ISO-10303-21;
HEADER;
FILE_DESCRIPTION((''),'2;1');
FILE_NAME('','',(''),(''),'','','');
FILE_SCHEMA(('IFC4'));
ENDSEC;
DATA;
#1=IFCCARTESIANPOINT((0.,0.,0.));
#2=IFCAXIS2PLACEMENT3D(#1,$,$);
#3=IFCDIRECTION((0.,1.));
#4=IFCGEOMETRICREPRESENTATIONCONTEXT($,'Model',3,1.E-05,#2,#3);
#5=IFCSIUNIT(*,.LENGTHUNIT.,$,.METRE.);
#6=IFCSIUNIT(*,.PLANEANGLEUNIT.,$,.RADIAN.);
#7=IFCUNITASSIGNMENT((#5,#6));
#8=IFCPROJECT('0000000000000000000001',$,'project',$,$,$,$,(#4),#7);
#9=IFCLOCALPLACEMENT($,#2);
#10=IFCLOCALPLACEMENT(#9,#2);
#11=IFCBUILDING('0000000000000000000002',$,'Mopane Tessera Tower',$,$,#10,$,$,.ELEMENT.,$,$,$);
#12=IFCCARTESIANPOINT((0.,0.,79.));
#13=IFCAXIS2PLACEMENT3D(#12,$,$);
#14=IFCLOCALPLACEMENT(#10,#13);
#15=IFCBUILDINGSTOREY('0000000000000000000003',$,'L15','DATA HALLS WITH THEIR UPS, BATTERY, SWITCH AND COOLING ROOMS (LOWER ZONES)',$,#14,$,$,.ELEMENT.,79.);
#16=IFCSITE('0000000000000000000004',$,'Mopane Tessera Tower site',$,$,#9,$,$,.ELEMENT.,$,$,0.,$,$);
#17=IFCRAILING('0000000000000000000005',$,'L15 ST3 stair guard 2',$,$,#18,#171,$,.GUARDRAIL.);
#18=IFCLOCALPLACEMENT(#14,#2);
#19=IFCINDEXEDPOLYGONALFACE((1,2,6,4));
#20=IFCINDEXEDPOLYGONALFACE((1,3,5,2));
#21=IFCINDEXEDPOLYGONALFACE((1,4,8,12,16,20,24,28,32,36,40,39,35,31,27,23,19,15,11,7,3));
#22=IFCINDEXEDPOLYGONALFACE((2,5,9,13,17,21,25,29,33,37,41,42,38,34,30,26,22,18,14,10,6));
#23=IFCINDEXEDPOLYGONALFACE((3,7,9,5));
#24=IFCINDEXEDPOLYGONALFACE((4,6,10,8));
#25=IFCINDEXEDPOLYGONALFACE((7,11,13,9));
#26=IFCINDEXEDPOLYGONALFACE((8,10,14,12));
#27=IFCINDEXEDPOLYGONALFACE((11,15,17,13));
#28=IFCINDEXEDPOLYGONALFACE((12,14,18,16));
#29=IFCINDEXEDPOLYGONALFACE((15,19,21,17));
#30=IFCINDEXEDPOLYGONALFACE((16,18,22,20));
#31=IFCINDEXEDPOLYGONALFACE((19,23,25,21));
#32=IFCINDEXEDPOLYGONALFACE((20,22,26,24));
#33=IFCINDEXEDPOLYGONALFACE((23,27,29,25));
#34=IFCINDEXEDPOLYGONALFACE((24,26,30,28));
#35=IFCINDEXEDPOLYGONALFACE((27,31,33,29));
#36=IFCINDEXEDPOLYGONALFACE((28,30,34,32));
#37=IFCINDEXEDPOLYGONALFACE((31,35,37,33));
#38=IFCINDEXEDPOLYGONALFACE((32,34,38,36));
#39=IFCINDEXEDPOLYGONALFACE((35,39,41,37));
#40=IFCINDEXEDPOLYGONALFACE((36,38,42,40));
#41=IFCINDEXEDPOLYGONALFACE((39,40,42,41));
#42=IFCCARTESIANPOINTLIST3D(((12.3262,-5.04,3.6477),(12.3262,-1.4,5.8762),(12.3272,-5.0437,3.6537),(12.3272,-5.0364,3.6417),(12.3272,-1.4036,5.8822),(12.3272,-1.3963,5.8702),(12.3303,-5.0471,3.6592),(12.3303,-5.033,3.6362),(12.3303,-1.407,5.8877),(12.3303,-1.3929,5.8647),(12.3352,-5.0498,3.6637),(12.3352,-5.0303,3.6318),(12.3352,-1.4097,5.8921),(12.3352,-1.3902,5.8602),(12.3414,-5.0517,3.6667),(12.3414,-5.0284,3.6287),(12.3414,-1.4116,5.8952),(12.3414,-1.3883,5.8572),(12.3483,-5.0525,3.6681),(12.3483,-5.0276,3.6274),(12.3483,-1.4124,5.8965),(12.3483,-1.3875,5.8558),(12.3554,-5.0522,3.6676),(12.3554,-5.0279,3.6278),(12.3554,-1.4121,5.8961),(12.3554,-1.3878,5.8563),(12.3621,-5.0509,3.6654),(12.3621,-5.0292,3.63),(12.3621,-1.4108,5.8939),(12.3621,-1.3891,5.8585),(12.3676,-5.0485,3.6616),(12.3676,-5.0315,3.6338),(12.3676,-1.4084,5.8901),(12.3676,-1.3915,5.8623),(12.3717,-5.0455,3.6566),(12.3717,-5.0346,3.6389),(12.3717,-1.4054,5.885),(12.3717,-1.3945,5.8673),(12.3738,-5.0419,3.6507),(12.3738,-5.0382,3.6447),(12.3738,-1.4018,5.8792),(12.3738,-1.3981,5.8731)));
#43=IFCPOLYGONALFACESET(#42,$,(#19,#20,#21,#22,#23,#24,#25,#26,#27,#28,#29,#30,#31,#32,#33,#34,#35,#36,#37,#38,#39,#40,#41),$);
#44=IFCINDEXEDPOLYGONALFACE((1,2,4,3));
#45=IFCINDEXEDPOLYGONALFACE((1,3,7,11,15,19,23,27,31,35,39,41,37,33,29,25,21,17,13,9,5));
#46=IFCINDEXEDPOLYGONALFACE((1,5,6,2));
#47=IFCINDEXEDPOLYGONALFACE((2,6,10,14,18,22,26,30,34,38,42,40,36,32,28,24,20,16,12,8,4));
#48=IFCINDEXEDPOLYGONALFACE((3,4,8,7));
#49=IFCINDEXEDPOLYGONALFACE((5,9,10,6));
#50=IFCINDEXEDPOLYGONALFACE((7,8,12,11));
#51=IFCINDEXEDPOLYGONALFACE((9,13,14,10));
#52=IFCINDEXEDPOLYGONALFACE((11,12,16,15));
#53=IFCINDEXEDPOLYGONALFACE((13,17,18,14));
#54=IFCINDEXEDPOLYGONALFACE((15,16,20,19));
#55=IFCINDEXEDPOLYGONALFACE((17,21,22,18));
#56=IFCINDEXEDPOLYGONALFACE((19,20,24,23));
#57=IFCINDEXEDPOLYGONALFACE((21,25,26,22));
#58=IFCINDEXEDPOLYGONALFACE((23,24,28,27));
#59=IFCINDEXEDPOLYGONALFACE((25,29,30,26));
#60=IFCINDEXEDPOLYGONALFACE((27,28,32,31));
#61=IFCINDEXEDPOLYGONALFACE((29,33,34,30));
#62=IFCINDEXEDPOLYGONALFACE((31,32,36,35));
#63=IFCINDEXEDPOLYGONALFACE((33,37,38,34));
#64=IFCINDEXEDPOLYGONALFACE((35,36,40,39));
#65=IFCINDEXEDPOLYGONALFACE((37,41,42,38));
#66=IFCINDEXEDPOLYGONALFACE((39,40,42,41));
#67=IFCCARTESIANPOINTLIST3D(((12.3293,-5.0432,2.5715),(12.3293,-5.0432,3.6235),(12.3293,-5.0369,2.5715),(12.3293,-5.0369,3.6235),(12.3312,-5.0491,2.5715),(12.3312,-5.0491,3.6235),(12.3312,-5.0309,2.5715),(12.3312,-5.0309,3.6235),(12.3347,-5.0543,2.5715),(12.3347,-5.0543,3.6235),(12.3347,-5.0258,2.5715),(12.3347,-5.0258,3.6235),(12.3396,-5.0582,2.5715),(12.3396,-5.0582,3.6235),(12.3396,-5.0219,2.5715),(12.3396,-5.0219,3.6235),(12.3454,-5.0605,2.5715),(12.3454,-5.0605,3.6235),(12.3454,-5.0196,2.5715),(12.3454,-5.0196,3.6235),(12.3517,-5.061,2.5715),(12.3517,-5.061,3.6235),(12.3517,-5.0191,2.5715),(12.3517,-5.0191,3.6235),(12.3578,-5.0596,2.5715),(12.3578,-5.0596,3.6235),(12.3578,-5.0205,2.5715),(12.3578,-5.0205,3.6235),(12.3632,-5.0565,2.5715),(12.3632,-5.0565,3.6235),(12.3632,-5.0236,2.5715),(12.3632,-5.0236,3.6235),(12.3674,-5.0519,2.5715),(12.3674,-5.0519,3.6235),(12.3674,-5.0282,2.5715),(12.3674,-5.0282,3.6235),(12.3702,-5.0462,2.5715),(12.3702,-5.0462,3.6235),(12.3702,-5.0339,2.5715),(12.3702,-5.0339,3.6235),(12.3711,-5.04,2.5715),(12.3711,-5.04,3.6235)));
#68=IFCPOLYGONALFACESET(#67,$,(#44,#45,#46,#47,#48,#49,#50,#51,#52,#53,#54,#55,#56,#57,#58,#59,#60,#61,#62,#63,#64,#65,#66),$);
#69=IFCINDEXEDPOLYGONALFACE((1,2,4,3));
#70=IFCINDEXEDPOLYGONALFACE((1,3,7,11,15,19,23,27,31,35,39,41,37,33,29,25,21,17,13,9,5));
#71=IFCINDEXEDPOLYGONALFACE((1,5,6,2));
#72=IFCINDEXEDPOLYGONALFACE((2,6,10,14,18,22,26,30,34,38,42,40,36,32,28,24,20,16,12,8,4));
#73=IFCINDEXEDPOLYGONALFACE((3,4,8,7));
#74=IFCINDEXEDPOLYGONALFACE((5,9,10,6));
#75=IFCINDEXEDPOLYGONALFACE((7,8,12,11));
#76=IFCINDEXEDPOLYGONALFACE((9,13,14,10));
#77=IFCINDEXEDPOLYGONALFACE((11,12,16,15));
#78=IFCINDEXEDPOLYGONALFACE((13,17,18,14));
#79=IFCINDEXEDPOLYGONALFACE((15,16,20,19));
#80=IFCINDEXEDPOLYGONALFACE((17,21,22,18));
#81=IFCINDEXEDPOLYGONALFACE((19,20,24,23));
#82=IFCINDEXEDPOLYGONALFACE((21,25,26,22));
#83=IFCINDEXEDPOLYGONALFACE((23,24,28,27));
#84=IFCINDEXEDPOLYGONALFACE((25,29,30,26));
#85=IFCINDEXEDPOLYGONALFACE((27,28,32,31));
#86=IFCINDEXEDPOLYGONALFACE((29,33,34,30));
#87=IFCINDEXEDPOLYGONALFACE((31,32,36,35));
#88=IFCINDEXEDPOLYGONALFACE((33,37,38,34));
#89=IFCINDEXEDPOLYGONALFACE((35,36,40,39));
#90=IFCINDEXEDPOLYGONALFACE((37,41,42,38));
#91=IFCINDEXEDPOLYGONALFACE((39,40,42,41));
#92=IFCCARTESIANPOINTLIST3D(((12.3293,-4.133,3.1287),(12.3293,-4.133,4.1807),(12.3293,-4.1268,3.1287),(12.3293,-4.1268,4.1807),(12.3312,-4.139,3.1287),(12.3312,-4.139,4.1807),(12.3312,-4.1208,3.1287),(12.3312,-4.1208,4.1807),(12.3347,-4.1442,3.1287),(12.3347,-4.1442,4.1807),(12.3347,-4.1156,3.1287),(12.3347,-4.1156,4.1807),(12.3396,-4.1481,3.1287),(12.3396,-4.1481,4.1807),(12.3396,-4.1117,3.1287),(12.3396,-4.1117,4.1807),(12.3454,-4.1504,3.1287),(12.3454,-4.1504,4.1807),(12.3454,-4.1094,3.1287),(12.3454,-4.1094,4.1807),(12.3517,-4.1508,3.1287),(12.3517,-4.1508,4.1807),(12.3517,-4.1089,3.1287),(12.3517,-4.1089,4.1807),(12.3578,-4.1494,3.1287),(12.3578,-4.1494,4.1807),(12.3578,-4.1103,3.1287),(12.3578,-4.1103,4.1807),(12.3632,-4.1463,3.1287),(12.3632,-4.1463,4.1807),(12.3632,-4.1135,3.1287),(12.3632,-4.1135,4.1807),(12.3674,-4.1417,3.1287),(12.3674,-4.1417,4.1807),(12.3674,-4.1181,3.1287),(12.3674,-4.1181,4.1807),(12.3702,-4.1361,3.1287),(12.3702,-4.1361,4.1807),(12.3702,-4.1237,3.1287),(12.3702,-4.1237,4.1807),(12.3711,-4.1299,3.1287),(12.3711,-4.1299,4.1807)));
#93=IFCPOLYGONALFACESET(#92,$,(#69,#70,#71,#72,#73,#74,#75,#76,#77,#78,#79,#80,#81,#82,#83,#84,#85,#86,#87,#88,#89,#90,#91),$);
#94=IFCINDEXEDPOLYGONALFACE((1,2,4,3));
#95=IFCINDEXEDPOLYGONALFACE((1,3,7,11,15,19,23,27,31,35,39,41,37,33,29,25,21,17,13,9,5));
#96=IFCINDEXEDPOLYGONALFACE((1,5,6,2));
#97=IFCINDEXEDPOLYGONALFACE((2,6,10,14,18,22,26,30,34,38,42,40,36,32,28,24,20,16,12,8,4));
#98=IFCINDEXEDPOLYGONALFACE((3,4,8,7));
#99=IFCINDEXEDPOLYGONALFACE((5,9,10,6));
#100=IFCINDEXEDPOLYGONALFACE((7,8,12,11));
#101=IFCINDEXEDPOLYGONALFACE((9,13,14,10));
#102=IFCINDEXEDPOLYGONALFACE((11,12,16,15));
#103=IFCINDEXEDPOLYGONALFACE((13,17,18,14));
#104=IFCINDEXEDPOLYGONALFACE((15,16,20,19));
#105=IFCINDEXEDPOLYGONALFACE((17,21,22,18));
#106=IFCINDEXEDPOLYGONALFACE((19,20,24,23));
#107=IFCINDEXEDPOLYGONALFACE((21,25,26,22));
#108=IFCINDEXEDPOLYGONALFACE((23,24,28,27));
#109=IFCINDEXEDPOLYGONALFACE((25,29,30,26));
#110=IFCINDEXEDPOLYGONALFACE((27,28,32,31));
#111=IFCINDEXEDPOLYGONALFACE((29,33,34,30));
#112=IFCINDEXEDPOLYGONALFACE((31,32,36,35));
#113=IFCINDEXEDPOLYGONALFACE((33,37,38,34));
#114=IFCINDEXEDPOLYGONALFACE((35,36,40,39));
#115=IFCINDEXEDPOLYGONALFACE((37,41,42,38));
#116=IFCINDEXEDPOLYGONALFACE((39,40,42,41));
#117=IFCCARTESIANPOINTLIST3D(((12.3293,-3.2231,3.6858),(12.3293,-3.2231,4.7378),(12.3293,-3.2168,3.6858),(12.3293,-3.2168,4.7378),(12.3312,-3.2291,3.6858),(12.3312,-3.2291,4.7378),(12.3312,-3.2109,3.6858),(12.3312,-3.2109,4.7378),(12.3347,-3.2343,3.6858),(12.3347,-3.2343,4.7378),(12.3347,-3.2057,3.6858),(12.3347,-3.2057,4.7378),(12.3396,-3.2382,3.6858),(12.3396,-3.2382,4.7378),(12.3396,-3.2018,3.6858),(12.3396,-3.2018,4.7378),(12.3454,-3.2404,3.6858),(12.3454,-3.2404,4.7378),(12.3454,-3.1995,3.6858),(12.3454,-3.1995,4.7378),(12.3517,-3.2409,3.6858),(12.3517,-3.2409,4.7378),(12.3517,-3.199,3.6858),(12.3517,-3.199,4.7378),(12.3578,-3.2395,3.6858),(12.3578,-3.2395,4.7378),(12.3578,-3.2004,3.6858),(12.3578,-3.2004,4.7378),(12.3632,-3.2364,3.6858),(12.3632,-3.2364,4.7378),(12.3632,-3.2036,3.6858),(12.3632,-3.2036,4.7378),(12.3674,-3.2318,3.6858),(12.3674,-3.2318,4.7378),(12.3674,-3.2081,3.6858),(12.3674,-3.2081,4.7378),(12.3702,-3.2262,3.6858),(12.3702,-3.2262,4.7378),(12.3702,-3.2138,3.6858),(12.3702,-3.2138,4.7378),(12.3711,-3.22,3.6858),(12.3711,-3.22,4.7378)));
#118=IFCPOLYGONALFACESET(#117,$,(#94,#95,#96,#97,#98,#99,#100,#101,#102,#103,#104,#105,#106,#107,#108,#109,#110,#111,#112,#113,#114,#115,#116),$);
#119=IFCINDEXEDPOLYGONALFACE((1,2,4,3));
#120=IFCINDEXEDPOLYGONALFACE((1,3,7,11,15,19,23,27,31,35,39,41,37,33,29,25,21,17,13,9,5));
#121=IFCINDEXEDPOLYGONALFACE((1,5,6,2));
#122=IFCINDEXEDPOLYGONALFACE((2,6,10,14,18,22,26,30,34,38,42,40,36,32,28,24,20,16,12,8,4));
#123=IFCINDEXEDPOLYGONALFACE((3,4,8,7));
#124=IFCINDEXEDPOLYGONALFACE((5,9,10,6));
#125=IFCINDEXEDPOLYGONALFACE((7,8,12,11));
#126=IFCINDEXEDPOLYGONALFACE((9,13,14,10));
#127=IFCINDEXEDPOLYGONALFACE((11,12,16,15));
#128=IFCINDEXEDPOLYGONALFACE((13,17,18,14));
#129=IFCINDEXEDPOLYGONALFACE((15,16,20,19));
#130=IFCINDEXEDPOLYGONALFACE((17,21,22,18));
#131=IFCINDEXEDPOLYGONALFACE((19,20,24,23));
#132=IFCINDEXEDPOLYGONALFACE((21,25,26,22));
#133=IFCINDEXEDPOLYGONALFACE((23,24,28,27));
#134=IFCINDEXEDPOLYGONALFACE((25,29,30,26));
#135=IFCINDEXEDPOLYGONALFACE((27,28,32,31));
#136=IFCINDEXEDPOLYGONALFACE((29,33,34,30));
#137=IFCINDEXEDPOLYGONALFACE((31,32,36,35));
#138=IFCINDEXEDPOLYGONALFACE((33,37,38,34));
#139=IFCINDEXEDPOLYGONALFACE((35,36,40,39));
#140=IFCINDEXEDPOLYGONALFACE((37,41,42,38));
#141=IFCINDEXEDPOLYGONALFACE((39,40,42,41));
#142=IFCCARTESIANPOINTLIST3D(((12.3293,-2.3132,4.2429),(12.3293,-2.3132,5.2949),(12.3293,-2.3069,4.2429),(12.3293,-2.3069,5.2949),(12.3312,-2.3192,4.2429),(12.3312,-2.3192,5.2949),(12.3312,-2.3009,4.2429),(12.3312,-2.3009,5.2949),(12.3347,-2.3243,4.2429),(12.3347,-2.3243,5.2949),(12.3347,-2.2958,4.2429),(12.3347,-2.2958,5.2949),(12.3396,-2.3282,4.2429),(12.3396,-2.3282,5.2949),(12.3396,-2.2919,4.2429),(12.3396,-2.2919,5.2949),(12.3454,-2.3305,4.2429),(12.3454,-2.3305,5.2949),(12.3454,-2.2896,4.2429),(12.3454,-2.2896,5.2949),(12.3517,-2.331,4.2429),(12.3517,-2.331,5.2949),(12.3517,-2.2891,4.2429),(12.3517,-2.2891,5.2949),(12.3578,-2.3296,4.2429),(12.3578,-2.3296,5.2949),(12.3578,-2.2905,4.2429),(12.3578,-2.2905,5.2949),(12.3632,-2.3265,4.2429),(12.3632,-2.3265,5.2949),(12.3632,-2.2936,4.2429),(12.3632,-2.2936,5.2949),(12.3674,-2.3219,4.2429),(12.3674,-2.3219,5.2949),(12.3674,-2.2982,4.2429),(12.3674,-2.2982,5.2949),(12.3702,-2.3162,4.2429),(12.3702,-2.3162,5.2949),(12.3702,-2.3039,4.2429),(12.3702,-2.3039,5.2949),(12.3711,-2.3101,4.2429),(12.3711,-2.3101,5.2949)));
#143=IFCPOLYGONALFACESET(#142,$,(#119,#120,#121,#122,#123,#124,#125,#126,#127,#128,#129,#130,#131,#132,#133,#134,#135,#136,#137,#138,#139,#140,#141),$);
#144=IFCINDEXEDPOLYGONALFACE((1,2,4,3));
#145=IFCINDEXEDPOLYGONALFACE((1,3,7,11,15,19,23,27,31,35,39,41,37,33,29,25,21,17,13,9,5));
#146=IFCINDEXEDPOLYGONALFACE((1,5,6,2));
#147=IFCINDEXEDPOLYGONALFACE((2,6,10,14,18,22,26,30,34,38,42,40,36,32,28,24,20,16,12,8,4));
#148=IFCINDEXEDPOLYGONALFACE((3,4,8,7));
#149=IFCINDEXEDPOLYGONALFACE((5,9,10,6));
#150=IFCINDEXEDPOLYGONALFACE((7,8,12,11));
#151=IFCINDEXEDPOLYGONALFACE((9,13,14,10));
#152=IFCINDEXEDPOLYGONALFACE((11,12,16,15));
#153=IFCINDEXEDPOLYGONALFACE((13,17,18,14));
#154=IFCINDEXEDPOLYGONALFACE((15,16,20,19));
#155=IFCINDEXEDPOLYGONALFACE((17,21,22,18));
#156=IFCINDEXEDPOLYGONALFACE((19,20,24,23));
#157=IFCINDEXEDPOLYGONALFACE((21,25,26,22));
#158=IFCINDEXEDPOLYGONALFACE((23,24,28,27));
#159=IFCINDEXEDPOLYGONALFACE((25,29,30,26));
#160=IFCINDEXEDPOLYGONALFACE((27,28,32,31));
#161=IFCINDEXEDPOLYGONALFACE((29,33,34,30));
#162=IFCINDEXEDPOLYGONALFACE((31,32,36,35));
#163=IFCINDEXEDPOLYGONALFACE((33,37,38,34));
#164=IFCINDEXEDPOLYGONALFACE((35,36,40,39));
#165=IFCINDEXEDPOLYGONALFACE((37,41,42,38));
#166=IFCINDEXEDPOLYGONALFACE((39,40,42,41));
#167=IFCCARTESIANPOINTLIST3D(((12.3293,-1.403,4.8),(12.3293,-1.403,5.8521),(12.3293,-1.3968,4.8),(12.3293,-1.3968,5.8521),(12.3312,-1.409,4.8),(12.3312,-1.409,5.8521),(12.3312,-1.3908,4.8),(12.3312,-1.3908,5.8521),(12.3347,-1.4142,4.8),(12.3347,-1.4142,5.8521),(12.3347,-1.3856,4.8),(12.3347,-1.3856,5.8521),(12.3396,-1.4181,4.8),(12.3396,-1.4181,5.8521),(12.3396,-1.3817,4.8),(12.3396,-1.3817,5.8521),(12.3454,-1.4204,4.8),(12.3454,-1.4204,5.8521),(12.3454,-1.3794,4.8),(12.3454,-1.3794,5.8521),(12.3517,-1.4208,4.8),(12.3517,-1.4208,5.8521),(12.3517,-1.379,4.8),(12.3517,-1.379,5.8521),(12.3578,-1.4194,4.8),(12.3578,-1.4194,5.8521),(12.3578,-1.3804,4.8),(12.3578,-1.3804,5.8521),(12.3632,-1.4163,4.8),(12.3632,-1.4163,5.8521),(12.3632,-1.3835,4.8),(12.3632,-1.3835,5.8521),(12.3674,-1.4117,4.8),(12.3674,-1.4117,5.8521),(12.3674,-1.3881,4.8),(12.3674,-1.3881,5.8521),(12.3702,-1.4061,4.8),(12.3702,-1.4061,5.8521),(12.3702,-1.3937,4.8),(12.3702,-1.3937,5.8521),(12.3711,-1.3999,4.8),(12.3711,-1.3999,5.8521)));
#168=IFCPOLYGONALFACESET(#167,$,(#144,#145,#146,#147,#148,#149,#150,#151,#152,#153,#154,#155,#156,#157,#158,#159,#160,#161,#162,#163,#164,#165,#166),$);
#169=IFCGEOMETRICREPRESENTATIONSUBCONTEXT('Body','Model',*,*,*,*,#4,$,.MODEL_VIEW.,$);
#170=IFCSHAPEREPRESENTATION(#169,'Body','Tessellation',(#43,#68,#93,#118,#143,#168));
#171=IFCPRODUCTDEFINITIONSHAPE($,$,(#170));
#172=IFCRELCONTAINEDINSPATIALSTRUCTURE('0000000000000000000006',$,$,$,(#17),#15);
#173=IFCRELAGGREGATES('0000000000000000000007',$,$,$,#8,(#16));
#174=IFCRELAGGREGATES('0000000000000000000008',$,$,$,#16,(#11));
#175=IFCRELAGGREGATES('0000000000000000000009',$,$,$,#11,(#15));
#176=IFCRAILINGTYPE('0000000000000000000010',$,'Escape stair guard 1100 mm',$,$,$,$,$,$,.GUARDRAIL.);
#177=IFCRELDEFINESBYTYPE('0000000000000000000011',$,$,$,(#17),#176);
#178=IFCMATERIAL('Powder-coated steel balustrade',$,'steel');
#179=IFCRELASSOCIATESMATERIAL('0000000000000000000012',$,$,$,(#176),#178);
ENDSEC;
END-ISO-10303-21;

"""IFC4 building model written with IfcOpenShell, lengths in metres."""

from ifc_helpers import new_model, si_unit, direction, frame, origin, origin_2d, place, context, subcontext, project, spatial, circle, extrude, material, type_object, element, save


model = new_model("IFC4")

# Units and contexts
model_context = context("Model", 3, precision=1e-05, world=origin(), true_north=direction((0.0, 1.0)))
body_context = subcontext(model_context, "Body", "Model", "MODEL_VIEW")
ifc_project = project(units=[si_unit("LENGTHUNIT", "METRE"), si_unit("PLANEANGLEUNIT", "RADIAN")], contexts=[model_context])

# Site, building, storey
site_placement = place(None, origin())
site = spatial("IfcSite", under=ifc_project, at=site_placement, Name="Mopane Tessera Tower site", CompositionType="ELEMENT", RefElevation=0.0)
building_placement = place(site_placement, origin())
building = spatial("IfcBuilding", under=site, at=building_placement, Name="Mopane Tessera Tower", CompositionType="ELEMENT")
storey_placement = place(building_placement, frame((0.0, 0.0, 79.0)))
storey = spatial("IfcBuildingStorey", under=building, at=storey_placement, Name="L15", Description="DATA HALLS WITH THEIR UPS, BATTERY, SWITCH AND COOLING ROOMS (LOWER ZONES)", CompositionType="ELEMENT", Elevation=79.0)

# Railing
ifc_material_1 = material(Name="Powder-coated steel balustrade", Category="steel")
railing_type_1 = type_object("IfcRailingType", Name="Escape stair guard 1100 mm", PredefinedType="GUARDRAIL", material=ifc_material_1)
railing_1_placement = place(storey_placement, frame((12.3501, -5.04, 2.5715)))
element("IfcRailing", 1, at=railing_1_placement, inside=storey, type_object=railing_type_1, Name="L15 ST3 stair guard 2", PredefinedType="GUARDRAIL", context=body_context, shape_type="SweptSolid", body=[
    extrude(circle(Radius=0.0239, at=origin_2d()), frame((0.0, 0.0, 1.0762), z_axis=(0.0, 0.852866, 0.52213), x_axis=(-1.0, 0.0, 0.0)), (0.0, 0.0, 1.0), 4.2681),
    extrude(circle(Radius=0.021, at=origin_2d()), origin(), (0.0, 0.0, 1.0), 1.052),
    extrude(circle(Radius=0.021, at=origin_2d()), frame((0.0, 0.9102, 0.5571)), (0.0, 0.0, 1.0), 1.052),
    extrude(circle(Radius=0.021, at=origin_2d()), frame((0.0, 1.8201, 1.1143)), (0.0, 0.0, 1.0), 1.052),
    extrude(circle(Radius=0.021, at=origin_2d()), frame((0.0, 2.73, 1.6714)), (0.0, 0.0, 1.0), 1.052),
    extrude(circle(Radius=0.021, at=origin_2d()), frame((0.0, 3.6401, 2.2285)), (0.0, 0.0, 1.0), 1.052),
])

save(model, "model.ifc")
